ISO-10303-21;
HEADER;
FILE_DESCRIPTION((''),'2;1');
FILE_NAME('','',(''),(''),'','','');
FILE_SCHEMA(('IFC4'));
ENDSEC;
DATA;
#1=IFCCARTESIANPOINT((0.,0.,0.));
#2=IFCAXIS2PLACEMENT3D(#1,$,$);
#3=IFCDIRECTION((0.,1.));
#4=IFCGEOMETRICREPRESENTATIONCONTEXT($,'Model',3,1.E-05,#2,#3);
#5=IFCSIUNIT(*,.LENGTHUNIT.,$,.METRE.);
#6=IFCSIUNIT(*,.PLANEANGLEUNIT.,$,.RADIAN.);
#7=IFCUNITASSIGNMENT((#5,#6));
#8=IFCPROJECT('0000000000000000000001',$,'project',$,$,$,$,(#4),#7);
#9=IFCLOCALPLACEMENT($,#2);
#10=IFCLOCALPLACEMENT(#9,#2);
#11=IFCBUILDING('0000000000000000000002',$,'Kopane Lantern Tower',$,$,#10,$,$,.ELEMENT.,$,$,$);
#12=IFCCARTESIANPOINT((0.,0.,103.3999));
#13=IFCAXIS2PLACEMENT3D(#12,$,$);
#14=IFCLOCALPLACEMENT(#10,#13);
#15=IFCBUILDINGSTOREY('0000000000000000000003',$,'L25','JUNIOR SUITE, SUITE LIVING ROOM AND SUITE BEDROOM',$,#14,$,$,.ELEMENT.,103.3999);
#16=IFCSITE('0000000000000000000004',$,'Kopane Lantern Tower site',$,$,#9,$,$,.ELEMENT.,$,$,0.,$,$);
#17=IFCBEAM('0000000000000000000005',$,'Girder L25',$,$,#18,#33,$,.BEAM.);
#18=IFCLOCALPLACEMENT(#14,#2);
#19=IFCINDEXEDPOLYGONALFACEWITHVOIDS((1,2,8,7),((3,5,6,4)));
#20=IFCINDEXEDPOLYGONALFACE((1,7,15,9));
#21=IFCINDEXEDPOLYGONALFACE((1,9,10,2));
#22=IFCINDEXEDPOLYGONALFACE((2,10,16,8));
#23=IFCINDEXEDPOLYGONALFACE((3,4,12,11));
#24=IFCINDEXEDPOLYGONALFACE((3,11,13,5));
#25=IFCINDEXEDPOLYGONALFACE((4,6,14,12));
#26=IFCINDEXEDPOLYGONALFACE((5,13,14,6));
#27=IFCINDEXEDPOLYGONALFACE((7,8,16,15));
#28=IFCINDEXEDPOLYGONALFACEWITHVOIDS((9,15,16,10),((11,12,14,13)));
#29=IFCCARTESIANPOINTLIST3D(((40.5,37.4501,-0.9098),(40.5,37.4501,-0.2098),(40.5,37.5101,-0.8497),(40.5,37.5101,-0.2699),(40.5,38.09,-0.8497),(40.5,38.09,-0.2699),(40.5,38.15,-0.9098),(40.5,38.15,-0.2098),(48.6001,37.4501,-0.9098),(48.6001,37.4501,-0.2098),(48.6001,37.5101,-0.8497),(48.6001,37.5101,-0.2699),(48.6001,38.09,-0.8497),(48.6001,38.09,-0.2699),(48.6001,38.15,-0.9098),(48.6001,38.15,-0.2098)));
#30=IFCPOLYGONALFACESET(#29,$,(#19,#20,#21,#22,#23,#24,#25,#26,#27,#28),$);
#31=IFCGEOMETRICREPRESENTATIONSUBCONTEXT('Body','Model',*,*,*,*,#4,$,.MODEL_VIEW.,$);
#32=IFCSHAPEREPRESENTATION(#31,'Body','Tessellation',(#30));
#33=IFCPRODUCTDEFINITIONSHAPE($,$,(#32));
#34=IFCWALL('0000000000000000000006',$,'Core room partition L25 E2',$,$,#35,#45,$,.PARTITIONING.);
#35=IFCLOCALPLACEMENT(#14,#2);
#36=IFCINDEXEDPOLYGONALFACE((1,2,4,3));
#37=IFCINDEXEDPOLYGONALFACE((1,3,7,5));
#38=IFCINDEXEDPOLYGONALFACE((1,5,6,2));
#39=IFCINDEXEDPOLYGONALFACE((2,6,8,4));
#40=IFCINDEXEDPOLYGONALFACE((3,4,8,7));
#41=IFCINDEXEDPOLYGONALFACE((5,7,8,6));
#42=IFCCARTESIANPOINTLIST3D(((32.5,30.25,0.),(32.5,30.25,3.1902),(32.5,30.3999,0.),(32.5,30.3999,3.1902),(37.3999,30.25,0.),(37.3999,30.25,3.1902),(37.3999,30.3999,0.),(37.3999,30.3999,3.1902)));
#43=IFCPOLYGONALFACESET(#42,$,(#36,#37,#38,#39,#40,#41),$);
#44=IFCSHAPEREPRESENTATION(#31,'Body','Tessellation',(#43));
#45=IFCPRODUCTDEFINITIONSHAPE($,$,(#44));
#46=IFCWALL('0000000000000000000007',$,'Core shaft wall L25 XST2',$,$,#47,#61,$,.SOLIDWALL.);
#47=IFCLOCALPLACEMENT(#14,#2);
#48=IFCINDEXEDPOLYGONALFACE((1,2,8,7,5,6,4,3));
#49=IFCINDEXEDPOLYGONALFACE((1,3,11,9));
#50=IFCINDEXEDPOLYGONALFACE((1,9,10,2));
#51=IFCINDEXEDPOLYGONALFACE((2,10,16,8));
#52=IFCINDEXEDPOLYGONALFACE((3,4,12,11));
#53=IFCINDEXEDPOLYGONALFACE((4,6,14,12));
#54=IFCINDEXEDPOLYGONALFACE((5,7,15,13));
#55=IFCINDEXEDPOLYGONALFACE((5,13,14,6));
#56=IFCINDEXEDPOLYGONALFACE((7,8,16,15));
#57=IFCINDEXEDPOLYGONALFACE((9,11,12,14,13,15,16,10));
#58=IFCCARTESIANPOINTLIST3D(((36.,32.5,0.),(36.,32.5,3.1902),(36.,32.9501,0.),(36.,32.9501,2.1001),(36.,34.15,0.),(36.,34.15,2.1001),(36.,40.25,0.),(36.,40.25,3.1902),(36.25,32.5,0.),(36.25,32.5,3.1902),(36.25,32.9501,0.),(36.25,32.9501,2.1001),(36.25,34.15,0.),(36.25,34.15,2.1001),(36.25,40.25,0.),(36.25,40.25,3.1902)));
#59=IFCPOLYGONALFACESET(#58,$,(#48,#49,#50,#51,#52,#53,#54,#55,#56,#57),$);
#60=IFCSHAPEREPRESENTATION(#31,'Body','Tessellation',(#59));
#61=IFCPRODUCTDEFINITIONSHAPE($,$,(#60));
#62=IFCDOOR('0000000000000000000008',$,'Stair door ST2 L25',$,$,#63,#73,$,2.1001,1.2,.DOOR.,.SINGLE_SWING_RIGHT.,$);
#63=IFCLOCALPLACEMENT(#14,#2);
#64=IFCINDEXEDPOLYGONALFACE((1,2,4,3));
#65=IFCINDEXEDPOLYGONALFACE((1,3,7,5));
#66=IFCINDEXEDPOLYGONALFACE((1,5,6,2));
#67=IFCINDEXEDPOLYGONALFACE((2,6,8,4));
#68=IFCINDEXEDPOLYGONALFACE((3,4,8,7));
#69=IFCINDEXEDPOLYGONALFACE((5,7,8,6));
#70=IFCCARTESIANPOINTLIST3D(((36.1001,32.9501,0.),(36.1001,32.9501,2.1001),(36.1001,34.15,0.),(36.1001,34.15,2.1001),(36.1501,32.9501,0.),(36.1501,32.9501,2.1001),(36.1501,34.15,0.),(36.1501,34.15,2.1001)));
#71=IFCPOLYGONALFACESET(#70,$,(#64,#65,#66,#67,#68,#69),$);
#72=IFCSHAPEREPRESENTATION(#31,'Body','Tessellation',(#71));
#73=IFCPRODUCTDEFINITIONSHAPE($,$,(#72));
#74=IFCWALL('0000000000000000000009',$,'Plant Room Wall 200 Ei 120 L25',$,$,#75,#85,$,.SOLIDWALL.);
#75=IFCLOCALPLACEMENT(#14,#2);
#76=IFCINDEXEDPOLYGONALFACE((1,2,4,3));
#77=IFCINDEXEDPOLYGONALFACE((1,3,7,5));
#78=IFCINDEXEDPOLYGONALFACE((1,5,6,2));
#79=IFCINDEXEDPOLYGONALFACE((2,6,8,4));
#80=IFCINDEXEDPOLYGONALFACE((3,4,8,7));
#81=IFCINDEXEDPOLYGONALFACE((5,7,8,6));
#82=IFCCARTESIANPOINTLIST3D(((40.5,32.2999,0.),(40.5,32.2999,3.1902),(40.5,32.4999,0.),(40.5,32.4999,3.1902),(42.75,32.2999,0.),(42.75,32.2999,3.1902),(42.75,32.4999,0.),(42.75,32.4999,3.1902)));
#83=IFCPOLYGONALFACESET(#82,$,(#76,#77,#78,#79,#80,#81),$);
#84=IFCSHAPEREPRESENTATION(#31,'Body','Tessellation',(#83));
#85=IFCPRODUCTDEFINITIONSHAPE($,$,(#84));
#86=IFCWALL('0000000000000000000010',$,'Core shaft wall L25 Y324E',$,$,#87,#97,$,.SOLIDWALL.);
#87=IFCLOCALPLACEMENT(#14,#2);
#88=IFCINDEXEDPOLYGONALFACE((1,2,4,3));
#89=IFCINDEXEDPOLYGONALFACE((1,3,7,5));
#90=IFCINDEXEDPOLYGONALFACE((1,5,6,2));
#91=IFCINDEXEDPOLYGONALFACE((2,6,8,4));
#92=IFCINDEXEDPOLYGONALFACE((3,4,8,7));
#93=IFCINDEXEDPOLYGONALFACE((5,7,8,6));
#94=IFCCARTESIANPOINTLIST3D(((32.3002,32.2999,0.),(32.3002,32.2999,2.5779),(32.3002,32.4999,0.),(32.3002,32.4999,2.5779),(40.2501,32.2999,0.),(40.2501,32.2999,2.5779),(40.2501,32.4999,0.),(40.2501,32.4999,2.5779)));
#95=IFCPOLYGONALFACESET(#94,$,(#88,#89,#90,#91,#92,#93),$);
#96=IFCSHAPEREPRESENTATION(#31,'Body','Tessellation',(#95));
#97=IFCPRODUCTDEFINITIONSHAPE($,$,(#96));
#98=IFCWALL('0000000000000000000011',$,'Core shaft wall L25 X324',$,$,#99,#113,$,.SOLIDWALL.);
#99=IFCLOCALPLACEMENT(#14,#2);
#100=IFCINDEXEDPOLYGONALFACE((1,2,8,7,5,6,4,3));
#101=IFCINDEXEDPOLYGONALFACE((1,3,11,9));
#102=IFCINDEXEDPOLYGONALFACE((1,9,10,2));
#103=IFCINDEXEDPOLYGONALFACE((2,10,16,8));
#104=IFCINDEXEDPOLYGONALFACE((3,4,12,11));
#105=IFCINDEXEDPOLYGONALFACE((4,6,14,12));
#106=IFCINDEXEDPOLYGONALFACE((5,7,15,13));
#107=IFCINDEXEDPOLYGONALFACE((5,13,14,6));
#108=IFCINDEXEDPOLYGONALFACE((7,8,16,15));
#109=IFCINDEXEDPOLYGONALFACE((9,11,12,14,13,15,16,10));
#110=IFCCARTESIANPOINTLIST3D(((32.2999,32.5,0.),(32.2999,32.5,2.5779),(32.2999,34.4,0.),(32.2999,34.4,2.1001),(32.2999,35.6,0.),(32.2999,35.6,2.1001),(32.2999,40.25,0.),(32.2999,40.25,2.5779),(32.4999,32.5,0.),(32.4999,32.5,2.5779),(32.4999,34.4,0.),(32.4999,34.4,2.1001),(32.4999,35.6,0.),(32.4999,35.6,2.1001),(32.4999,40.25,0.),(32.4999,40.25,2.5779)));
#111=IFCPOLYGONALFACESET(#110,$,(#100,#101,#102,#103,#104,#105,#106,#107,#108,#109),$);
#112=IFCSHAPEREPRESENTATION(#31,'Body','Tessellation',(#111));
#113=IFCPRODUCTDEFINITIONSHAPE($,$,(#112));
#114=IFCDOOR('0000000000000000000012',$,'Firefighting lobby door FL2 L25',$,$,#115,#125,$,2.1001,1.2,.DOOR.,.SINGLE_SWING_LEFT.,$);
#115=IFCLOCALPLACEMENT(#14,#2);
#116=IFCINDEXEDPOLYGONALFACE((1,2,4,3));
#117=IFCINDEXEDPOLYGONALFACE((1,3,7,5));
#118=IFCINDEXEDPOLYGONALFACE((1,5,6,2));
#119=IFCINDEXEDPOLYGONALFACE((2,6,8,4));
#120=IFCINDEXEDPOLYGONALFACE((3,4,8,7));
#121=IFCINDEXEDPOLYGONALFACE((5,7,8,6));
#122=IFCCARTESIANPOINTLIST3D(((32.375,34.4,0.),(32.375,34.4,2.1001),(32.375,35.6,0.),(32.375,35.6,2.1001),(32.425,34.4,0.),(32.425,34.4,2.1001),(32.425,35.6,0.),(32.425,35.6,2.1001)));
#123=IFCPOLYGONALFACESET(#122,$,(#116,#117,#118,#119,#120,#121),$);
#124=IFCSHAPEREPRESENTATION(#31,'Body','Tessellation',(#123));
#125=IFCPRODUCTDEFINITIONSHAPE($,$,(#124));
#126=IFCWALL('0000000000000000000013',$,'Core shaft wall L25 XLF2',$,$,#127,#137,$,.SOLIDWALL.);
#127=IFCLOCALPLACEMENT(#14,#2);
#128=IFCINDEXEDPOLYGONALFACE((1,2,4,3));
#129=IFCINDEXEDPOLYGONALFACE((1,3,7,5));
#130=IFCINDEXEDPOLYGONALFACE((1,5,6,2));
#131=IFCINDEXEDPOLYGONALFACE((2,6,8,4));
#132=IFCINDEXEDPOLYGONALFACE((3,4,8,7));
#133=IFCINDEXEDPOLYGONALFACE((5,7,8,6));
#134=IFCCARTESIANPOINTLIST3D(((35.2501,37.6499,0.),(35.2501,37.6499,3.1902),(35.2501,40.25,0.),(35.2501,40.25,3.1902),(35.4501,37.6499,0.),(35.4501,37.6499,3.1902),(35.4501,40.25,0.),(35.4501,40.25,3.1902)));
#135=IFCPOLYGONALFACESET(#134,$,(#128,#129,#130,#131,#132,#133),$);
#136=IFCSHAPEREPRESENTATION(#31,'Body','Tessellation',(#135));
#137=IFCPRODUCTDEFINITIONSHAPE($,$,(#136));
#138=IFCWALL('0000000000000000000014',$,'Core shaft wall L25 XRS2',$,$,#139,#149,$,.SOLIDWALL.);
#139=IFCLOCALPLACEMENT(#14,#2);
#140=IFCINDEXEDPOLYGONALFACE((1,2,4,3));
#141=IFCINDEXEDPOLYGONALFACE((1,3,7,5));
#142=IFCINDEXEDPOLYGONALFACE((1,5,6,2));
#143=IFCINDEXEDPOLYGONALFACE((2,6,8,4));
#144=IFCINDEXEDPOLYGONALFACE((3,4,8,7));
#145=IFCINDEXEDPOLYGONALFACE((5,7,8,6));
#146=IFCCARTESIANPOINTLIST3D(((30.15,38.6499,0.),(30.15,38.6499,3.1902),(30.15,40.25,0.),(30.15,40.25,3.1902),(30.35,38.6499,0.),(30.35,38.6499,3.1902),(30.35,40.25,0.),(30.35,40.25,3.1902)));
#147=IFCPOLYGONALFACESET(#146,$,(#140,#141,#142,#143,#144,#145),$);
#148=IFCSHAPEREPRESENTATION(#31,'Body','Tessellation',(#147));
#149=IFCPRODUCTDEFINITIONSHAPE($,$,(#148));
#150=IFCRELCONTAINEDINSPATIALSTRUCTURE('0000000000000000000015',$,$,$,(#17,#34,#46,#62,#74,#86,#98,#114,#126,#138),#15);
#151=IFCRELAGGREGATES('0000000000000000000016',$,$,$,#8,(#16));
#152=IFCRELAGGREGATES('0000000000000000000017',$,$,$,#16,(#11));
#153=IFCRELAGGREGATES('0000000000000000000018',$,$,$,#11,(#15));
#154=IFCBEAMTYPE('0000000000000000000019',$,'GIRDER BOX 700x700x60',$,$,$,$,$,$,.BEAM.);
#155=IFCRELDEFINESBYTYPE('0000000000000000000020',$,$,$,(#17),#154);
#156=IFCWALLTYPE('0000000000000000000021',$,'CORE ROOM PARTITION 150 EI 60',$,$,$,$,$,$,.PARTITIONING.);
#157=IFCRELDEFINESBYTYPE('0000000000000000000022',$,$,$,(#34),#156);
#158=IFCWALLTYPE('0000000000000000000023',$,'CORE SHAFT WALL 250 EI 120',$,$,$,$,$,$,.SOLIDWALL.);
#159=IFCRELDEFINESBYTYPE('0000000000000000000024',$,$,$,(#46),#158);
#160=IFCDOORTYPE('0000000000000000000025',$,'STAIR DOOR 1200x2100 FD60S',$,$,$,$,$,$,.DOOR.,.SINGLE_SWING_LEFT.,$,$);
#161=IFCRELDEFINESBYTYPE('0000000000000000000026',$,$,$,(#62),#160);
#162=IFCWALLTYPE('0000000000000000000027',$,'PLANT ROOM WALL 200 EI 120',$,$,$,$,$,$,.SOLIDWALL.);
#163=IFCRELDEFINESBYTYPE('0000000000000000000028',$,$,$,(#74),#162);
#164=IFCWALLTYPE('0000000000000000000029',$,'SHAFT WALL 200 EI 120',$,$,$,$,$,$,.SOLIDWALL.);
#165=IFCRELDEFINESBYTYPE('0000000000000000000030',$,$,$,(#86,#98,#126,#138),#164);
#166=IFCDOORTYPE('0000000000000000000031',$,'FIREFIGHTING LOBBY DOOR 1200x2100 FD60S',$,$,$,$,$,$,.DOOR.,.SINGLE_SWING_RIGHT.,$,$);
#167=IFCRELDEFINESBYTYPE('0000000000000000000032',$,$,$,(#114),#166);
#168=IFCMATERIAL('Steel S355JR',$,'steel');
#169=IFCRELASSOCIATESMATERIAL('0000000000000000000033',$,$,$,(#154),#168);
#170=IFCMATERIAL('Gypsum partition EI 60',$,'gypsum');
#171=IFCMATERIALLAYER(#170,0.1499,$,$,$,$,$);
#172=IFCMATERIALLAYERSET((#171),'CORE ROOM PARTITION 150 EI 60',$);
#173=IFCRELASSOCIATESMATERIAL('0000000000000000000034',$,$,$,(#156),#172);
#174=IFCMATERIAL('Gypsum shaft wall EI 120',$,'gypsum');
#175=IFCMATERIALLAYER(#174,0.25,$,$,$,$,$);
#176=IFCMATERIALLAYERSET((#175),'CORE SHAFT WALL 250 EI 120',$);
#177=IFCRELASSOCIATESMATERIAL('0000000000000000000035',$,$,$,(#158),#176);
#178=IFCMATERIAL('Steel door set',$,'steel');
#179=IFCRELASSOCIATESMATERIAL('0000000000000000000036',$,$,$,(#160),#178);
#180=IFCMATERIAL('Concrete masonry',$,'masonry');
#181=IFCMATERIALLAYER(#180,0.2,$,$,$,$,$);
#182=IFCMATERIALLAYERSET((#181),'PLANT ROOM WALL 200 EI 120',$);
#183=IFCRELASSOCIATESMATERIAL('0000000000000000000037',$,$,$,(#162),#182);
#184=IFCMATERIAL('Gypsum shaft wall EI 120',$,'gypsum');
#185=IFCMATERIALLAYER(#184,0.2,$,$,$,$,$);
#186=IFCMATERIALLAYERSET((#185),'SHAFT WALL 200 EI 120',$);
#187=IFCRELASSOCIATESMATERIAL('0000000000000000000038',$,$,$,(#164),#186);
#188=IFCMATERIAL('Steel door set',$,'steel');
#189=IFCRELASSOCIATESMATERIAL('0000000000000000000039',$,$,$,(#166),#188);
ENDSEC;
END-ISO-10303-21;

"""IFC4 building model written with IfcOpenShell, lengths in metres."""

from ifc_helpers import new_model, si_unit, direction, frame, frame_2d, origin, origin_2d, place, context, subcontext, project, spatial, rectangle, hollow_rectangle, extrude, material, layer, layer_set, material_profile, profile_set, type_object, element, fill, save


model = new_model("IFC4")

# Units and contexts
model_context = context("Model", 3, precision=1e-05, world=origin(), true_north=direction((0.0, 1.0)))
body_context = subcontext(model_context, "Body", "Model", "MODEL_VIEW")
ifc_project = project(units=[si_unit("LENGTHUNIT", "METRE"), si_unit("PLANEANGLEUNIT", "RADIAN")], contexts=[model_context])

# Site, building, storey
site_placement = place(None, origin())
site = spatial("IfcSite", under=ifc_project, at=site_placement, Name="Kopane Lantern Tower site", CompositionType="ELEMENT", RefElevation=0.0)
building_placement = place(site_placement, origin())
building = spatial("IfcBuilding", under=site, at=building_placement, Name="Kopane Lantern Tower", CompositionType="ELEMENT")
storey_placement = place(building_placement, frame((0.0, 0.0, 103.3999)))
storey = spatial("IfcBuildingStorey", under=building, at=storey_placement, Name="L25", Description="JUNIOR SUITE, SUITE LIVING ROOM AND SUITE BEDROOM", CompositionType="ELEMENT", Elevation=103.3999)

# Beam
ifc_material_1 = material(Name="Steel S355JR", Category="steel")
ifc_material_profile_1 = material_profile(ifc_material_1, hollow_rectangle(XDim=0.7, YDim=0.7, WallThickness=0.0601, at=origin_2d()), Name="BOX 700x700x60")
ifc_profile_set_1 = profile_set([ifc_material_profile_1], Name="Steel S355JR")
beam_type_1 = type_object("IfcBeamType", Name="GIRDER BOX 700x700x60", PredefinedType="BEAM", material=ifc_profile_set_1)
for number, where, z_axis, x_axis, name in (
    (1, (40.5, 37.8, -0.5598), (1.0, 0.0, 0.0), (0.0, 1.0, 0.0), "Girder L25"),
):
    element("IfcBeam", number, at=place(storey_placement, frame(where, z_axis=z_axis, x_axis=x_axis)), inside=storey, type_object=beam_type_1, Name=name, PredefinedType="BEAM", context=body_context, shape_type="SweptSolid", body=[
        extrude(hollow_rectangle(XDim=0.7, YDim=0.7, WallThickness=0.0601, at=origin_2d()), origin(), (0.0, 0.0, 1.0), 8.1001),
    ])

# Wall
ifc_material_2 = material(Name="Gypsum partition EI 60", Category="gypsum")
ifc_layer_1 = layer(ifc_material_2, 0.1499)
ifc_layer_set_1 = layer_set([ifc_layer_1], Name="CORE ROOM PARTITION 150 EI 60")
wall_type_1 = type_object("IfcWallType", Name="CORE ROOM PARTITION 150 EI 60", PredefinedType="PARTITIONING", material=ifc_layer_set_1)
wall_1_placement = place(storey_placement, frame((32.5, 30.325, 0.0), z_axis=(0.0, 0.0, 1.0), x_axis=(1.0, 0.0, 0.0)))
element("IfcWall", 2, at=wall_1_placement, inside=storey, type_object=wall_type_1, Name="Core room partition L25 E2", PredefinedType="PARTITIONING", context=body_context, shape_type="SweptSolid", body=[
    extrude(rectangle(XDim=4.8999, YDim=0.1499, at=frame_2d((2.45, 0.0))), origin(), (0.0, 0.0, 1.0), 3.1902),
])

# Wall, opening, door
ifc_material_3 = material(Name="Gypsum shaft wall EI 120", Category="gypsum")
ifc_layer_2 = layer(ifc_material_3, 0.25)
ifc_layer_set_2 = layer_set([ifc_layer_2], Name="CORE SHAFT WALL 250 EI 120")
wall_type_2 = type_object("IfcWallType", Name="CORE SHAFT WALL 250 EI 120", PredefinedType="SOLIDWALL", material=ifc_layer_set_2)
wall_2_placement = place(storey_placement, frame((36.125, 32.5, 0.0), z_axis=(0.0, 0.0, 1.0), x_axis=(0.0, 1.0, 0.0)))
wall_2 = element("IfcWall", 3, at=wall_2_placement, inside=storey, type_object=wall_type_2, Name="Core shaft wall L25 XST2", PredefinedType="SOLIDWALL", context=body_context, shape_type="SweptSolid", body=[
    extrude(rectangle(XDim=7.75, YDim=0.25, at=frame_2d((3.875, 0.0))), origin(), (0.0, 0.0, 1.0), 3.1902),
])
opening_1_placement = place(wall_2_placement, frame((0.45, 0.0, 0.0)))
opening_1 = element("IfcOpeningElement", 4, at=opening_1_placement, cuts=wall_2, PredefinedType="OPENING", context=body_context, shape_type="SweptSolid", body=[
    extrude(rectangle(XDim=1.2, YDim=2.1001, at=frame_2d((0.6001, 1.05))), frame((0.0, 0.135, 0.0), z_axis=(0.0, -1.0, 0.0), x_axis=(1.0, 0.0, 0.0)), (0.0, 0.0, 1.0), 0.27),
])
ifc_material_4 = material(Name="Steel door set", Category="steel")
door_type_1 = type_object("IfcDoorType", Name="STAIR DOOR 1200x2100 FD60S", OperationType="SINGLE_SWING_LEFT", PredefinedType="DOOR", material=ifc_material_4)
door_1_placement = place(opening_1_placement, origin())
door_1 = element("IfcDoor", 5, at=door_1_placement, inside=storey, type_object=door_type_1, Name="Stair door ST2 L25", OperationType="SINGLE_SWING_RIGHT", OverallHeight=2.1001, OverallWidth=1.2, PredefinedType="DOOR", context=body_context, shape_type="SweptSolid", body=[
    extrude(rectangle(XDim=1.2, YDim=2.1001, at=frame_2d((0.6001, 1.05))), frame((0.0, 0.0249, 0.0), z_axis=(0.0, -1.0, 0.0), x_axis=(1.0, 0.0, 0.0)), (0.0, 0.0, 1.0), 0.05),
])
fill(opening_1, door_1)

# Walls
ifc_material_5 = material(Name="Concrete masonry", Category="masonry")
ifc_layer_3 = layer(ifc_material_5, 0.2)
ifc_layer_set_3 = layer_set([ifc_layer_3], Name="PLANT ROOM WALL 200 EI 120")
wall_type_3 = type_object("IfcWallType", Name="PLANT ROOM WALL 200 EI 120", PredefinedType="SOLIDWALL", material=ifc_layer_set_3)
wall_3_placement = place(storey_placement, frame((40.5, 32.3999, 0.0), z_axis=(0.0, 0.0, 1.0), x_axis=(1.0, 0.0, 0.0)))
element("IfcWall", 6, at=wall_3_placement, inside=storey, type_object=wall_type_3, Name="Plant Room Wall 200 Ei 120 L25", PredefinedType="SOLIDWALL", context=body_context, shape_type="SweptSolid", body=[
    extrude(rectangle(XDim=2.25, YDim=0.2, at=frame_2d((1.125, 0.0))), origin(), (0.0, 0.0, 1.0), 3.1902),
])
ifc_material_6 = material(Name="Gypsum shaft wall EI 120", Category="gypsum")
ifc_layer_4 = layer(ifc_material_6, 0.2)
ifc_layer_set_4 = layer_set([ifc_layer_4], Name="SHAFT WALL 200 EI 120")
wall_type_4 = type_object("IfcWallType", Name="SHAFT WALL 200 EI 120", PredefinedType="SOLIDWALL", material=ifc_layer_set_4)
wall_4_placement = place(storey_placement, frame((32.3, 32.3999, 0.0), z_axis=(0.0, 0.0, 1.0), x_axis=(1.0, 0.0, 0.0)))
element("IfcWall", 7, at=wall_4_placement, inside=storey, type_object=wall_type_4, Name="Core shaft wall L25 Y324E", PredefinedType="SOLIDWALL", context=body_context, shape_type="SweptSolid", body=[
    extrude(rectangle(XDim=7.95, YDim=0.2, at=frame_2d((3.9751, 0.0))), origin(), (0.0, 0.0, 1.0), 2.5779),
])

# Wall, opening, door
wall_5_placement = place(storey_placement, frame((32.3999, 32.5, 0.0), z_axis=(0.0, 0.0, 1.0), x_axis=(0.0, 1.0, 0.0)))
wall_5 = element("IfcWall", 8, at=wall_5_placement, inside=storey, type_object=wall_type_4, Name="Core shaft wall L25 X324", PredefinedType="SOLIDWALL", context=body_context, shape_type="SweptSolid", body=[
    extrude(rectangle(XDim=7.75, YDim=0.2, at=frame_2d((3.875, 0.0))), origin(), (0.0, 0.0, 1.0), 2.5779),
])
opening_2_placement = place(wall_5_placement, frame((1.8999, 0.0, 0.0)))
opening_2 = element("IfcOpeningElement", 9, at=opening_2_placement, cuts=wall_5, PredefinedType="OPENING", context=body_context, shape_type="SweptSolid", body=[
    extrude(rectangle(XDim=1.2, YDim=2.1001, at=frame_2d((0.6001, 1.05))), frame((0.0, 0.1099, 0.0), z_axis=(0.0, -1.0, 0.0), x_axis=(1.0, 0.0, 0.0)), (0.0, 0.0, 1.0), 0.22),
])
ifc_material_7 = material(Name="Steel door set", Category="steel")
door_type_2 = type_object("IfcDoorType", Name="FIREFIGHTING LOBBY DOOR 1200x2100 FD60S", OperationType="SINGLE_SWING_RIGHT", PredefinedType="DOOR", material=ifc_material_7)
door_2_placement = place(opening_2_placement, origin())
door_2 = element("IfcDoor", 10, at=door_2_placement, inside=storey, type_object=door_type_2, Name="Firefighting lobby door FL2 L25", OperationType="SINGLE_SWING_LEFT", OverallHeight=2.1001, OverallWidth=1.2, PredefinedType="DOOR", context=body_context, shape_type="SweptSolid", body=[
    extrude(rectangle(XDim=1.2, YDim=2.1001, at=frame_2d((0.6001, 1.05))), frame((0.0, 0.0249, 0.0), z_axis=(0.0, -1.0, 0.0), x_axis=(1.0, 0.0, 0.0)), (0.0, 0.0, 1.0), 0.05),
])
fill(opening_2, door_2)

# Walls
wall_6_placement = place(storey_placement, frame((35.3501, 37.6499, 0.0), z_axis=(0.0, 0.0, 1.0), x_axis=(0.0, 1.0, 0.0)))
element("IfcWall", 11, at=wall_6_placement, inside=storey, type_object=wall_type_4, Name="Core shaft wall L25 XLF2", PredefinedType="SOLIDWALL", context=body_context, shape_type="SweptSolid", body=[
    extrude(rectangle(XDim=2.6001, YDim=0.2, at=frame_2d((1.3, 0.0))), origin(), (0.0, 0.0, 1.0), 3.1902),
])
wall_7_placement = place(storey_placement, frame((30.25, 38.6499, 0.0), z_axis=(0.0, 0.0, 1.0), x_axis=(0.0, 1.0, 0.0)))
element("IfcWall", 12, at=wall_7_placement, inside=storey, type_object=wall_type_4, Name="Core shaft wall L25 XRS2", PredefinedType="SOLIDWALL", context=body_context, shape_type="SweptSolid", body=[
    extrude(rectangle(XDim=1.6001, YDim=0.2, at=frame_2d((0.8, 0.0))), origin(), (0.0, 0.0, 1.0), 3.1902),
])

save(model, "model.ifc")
